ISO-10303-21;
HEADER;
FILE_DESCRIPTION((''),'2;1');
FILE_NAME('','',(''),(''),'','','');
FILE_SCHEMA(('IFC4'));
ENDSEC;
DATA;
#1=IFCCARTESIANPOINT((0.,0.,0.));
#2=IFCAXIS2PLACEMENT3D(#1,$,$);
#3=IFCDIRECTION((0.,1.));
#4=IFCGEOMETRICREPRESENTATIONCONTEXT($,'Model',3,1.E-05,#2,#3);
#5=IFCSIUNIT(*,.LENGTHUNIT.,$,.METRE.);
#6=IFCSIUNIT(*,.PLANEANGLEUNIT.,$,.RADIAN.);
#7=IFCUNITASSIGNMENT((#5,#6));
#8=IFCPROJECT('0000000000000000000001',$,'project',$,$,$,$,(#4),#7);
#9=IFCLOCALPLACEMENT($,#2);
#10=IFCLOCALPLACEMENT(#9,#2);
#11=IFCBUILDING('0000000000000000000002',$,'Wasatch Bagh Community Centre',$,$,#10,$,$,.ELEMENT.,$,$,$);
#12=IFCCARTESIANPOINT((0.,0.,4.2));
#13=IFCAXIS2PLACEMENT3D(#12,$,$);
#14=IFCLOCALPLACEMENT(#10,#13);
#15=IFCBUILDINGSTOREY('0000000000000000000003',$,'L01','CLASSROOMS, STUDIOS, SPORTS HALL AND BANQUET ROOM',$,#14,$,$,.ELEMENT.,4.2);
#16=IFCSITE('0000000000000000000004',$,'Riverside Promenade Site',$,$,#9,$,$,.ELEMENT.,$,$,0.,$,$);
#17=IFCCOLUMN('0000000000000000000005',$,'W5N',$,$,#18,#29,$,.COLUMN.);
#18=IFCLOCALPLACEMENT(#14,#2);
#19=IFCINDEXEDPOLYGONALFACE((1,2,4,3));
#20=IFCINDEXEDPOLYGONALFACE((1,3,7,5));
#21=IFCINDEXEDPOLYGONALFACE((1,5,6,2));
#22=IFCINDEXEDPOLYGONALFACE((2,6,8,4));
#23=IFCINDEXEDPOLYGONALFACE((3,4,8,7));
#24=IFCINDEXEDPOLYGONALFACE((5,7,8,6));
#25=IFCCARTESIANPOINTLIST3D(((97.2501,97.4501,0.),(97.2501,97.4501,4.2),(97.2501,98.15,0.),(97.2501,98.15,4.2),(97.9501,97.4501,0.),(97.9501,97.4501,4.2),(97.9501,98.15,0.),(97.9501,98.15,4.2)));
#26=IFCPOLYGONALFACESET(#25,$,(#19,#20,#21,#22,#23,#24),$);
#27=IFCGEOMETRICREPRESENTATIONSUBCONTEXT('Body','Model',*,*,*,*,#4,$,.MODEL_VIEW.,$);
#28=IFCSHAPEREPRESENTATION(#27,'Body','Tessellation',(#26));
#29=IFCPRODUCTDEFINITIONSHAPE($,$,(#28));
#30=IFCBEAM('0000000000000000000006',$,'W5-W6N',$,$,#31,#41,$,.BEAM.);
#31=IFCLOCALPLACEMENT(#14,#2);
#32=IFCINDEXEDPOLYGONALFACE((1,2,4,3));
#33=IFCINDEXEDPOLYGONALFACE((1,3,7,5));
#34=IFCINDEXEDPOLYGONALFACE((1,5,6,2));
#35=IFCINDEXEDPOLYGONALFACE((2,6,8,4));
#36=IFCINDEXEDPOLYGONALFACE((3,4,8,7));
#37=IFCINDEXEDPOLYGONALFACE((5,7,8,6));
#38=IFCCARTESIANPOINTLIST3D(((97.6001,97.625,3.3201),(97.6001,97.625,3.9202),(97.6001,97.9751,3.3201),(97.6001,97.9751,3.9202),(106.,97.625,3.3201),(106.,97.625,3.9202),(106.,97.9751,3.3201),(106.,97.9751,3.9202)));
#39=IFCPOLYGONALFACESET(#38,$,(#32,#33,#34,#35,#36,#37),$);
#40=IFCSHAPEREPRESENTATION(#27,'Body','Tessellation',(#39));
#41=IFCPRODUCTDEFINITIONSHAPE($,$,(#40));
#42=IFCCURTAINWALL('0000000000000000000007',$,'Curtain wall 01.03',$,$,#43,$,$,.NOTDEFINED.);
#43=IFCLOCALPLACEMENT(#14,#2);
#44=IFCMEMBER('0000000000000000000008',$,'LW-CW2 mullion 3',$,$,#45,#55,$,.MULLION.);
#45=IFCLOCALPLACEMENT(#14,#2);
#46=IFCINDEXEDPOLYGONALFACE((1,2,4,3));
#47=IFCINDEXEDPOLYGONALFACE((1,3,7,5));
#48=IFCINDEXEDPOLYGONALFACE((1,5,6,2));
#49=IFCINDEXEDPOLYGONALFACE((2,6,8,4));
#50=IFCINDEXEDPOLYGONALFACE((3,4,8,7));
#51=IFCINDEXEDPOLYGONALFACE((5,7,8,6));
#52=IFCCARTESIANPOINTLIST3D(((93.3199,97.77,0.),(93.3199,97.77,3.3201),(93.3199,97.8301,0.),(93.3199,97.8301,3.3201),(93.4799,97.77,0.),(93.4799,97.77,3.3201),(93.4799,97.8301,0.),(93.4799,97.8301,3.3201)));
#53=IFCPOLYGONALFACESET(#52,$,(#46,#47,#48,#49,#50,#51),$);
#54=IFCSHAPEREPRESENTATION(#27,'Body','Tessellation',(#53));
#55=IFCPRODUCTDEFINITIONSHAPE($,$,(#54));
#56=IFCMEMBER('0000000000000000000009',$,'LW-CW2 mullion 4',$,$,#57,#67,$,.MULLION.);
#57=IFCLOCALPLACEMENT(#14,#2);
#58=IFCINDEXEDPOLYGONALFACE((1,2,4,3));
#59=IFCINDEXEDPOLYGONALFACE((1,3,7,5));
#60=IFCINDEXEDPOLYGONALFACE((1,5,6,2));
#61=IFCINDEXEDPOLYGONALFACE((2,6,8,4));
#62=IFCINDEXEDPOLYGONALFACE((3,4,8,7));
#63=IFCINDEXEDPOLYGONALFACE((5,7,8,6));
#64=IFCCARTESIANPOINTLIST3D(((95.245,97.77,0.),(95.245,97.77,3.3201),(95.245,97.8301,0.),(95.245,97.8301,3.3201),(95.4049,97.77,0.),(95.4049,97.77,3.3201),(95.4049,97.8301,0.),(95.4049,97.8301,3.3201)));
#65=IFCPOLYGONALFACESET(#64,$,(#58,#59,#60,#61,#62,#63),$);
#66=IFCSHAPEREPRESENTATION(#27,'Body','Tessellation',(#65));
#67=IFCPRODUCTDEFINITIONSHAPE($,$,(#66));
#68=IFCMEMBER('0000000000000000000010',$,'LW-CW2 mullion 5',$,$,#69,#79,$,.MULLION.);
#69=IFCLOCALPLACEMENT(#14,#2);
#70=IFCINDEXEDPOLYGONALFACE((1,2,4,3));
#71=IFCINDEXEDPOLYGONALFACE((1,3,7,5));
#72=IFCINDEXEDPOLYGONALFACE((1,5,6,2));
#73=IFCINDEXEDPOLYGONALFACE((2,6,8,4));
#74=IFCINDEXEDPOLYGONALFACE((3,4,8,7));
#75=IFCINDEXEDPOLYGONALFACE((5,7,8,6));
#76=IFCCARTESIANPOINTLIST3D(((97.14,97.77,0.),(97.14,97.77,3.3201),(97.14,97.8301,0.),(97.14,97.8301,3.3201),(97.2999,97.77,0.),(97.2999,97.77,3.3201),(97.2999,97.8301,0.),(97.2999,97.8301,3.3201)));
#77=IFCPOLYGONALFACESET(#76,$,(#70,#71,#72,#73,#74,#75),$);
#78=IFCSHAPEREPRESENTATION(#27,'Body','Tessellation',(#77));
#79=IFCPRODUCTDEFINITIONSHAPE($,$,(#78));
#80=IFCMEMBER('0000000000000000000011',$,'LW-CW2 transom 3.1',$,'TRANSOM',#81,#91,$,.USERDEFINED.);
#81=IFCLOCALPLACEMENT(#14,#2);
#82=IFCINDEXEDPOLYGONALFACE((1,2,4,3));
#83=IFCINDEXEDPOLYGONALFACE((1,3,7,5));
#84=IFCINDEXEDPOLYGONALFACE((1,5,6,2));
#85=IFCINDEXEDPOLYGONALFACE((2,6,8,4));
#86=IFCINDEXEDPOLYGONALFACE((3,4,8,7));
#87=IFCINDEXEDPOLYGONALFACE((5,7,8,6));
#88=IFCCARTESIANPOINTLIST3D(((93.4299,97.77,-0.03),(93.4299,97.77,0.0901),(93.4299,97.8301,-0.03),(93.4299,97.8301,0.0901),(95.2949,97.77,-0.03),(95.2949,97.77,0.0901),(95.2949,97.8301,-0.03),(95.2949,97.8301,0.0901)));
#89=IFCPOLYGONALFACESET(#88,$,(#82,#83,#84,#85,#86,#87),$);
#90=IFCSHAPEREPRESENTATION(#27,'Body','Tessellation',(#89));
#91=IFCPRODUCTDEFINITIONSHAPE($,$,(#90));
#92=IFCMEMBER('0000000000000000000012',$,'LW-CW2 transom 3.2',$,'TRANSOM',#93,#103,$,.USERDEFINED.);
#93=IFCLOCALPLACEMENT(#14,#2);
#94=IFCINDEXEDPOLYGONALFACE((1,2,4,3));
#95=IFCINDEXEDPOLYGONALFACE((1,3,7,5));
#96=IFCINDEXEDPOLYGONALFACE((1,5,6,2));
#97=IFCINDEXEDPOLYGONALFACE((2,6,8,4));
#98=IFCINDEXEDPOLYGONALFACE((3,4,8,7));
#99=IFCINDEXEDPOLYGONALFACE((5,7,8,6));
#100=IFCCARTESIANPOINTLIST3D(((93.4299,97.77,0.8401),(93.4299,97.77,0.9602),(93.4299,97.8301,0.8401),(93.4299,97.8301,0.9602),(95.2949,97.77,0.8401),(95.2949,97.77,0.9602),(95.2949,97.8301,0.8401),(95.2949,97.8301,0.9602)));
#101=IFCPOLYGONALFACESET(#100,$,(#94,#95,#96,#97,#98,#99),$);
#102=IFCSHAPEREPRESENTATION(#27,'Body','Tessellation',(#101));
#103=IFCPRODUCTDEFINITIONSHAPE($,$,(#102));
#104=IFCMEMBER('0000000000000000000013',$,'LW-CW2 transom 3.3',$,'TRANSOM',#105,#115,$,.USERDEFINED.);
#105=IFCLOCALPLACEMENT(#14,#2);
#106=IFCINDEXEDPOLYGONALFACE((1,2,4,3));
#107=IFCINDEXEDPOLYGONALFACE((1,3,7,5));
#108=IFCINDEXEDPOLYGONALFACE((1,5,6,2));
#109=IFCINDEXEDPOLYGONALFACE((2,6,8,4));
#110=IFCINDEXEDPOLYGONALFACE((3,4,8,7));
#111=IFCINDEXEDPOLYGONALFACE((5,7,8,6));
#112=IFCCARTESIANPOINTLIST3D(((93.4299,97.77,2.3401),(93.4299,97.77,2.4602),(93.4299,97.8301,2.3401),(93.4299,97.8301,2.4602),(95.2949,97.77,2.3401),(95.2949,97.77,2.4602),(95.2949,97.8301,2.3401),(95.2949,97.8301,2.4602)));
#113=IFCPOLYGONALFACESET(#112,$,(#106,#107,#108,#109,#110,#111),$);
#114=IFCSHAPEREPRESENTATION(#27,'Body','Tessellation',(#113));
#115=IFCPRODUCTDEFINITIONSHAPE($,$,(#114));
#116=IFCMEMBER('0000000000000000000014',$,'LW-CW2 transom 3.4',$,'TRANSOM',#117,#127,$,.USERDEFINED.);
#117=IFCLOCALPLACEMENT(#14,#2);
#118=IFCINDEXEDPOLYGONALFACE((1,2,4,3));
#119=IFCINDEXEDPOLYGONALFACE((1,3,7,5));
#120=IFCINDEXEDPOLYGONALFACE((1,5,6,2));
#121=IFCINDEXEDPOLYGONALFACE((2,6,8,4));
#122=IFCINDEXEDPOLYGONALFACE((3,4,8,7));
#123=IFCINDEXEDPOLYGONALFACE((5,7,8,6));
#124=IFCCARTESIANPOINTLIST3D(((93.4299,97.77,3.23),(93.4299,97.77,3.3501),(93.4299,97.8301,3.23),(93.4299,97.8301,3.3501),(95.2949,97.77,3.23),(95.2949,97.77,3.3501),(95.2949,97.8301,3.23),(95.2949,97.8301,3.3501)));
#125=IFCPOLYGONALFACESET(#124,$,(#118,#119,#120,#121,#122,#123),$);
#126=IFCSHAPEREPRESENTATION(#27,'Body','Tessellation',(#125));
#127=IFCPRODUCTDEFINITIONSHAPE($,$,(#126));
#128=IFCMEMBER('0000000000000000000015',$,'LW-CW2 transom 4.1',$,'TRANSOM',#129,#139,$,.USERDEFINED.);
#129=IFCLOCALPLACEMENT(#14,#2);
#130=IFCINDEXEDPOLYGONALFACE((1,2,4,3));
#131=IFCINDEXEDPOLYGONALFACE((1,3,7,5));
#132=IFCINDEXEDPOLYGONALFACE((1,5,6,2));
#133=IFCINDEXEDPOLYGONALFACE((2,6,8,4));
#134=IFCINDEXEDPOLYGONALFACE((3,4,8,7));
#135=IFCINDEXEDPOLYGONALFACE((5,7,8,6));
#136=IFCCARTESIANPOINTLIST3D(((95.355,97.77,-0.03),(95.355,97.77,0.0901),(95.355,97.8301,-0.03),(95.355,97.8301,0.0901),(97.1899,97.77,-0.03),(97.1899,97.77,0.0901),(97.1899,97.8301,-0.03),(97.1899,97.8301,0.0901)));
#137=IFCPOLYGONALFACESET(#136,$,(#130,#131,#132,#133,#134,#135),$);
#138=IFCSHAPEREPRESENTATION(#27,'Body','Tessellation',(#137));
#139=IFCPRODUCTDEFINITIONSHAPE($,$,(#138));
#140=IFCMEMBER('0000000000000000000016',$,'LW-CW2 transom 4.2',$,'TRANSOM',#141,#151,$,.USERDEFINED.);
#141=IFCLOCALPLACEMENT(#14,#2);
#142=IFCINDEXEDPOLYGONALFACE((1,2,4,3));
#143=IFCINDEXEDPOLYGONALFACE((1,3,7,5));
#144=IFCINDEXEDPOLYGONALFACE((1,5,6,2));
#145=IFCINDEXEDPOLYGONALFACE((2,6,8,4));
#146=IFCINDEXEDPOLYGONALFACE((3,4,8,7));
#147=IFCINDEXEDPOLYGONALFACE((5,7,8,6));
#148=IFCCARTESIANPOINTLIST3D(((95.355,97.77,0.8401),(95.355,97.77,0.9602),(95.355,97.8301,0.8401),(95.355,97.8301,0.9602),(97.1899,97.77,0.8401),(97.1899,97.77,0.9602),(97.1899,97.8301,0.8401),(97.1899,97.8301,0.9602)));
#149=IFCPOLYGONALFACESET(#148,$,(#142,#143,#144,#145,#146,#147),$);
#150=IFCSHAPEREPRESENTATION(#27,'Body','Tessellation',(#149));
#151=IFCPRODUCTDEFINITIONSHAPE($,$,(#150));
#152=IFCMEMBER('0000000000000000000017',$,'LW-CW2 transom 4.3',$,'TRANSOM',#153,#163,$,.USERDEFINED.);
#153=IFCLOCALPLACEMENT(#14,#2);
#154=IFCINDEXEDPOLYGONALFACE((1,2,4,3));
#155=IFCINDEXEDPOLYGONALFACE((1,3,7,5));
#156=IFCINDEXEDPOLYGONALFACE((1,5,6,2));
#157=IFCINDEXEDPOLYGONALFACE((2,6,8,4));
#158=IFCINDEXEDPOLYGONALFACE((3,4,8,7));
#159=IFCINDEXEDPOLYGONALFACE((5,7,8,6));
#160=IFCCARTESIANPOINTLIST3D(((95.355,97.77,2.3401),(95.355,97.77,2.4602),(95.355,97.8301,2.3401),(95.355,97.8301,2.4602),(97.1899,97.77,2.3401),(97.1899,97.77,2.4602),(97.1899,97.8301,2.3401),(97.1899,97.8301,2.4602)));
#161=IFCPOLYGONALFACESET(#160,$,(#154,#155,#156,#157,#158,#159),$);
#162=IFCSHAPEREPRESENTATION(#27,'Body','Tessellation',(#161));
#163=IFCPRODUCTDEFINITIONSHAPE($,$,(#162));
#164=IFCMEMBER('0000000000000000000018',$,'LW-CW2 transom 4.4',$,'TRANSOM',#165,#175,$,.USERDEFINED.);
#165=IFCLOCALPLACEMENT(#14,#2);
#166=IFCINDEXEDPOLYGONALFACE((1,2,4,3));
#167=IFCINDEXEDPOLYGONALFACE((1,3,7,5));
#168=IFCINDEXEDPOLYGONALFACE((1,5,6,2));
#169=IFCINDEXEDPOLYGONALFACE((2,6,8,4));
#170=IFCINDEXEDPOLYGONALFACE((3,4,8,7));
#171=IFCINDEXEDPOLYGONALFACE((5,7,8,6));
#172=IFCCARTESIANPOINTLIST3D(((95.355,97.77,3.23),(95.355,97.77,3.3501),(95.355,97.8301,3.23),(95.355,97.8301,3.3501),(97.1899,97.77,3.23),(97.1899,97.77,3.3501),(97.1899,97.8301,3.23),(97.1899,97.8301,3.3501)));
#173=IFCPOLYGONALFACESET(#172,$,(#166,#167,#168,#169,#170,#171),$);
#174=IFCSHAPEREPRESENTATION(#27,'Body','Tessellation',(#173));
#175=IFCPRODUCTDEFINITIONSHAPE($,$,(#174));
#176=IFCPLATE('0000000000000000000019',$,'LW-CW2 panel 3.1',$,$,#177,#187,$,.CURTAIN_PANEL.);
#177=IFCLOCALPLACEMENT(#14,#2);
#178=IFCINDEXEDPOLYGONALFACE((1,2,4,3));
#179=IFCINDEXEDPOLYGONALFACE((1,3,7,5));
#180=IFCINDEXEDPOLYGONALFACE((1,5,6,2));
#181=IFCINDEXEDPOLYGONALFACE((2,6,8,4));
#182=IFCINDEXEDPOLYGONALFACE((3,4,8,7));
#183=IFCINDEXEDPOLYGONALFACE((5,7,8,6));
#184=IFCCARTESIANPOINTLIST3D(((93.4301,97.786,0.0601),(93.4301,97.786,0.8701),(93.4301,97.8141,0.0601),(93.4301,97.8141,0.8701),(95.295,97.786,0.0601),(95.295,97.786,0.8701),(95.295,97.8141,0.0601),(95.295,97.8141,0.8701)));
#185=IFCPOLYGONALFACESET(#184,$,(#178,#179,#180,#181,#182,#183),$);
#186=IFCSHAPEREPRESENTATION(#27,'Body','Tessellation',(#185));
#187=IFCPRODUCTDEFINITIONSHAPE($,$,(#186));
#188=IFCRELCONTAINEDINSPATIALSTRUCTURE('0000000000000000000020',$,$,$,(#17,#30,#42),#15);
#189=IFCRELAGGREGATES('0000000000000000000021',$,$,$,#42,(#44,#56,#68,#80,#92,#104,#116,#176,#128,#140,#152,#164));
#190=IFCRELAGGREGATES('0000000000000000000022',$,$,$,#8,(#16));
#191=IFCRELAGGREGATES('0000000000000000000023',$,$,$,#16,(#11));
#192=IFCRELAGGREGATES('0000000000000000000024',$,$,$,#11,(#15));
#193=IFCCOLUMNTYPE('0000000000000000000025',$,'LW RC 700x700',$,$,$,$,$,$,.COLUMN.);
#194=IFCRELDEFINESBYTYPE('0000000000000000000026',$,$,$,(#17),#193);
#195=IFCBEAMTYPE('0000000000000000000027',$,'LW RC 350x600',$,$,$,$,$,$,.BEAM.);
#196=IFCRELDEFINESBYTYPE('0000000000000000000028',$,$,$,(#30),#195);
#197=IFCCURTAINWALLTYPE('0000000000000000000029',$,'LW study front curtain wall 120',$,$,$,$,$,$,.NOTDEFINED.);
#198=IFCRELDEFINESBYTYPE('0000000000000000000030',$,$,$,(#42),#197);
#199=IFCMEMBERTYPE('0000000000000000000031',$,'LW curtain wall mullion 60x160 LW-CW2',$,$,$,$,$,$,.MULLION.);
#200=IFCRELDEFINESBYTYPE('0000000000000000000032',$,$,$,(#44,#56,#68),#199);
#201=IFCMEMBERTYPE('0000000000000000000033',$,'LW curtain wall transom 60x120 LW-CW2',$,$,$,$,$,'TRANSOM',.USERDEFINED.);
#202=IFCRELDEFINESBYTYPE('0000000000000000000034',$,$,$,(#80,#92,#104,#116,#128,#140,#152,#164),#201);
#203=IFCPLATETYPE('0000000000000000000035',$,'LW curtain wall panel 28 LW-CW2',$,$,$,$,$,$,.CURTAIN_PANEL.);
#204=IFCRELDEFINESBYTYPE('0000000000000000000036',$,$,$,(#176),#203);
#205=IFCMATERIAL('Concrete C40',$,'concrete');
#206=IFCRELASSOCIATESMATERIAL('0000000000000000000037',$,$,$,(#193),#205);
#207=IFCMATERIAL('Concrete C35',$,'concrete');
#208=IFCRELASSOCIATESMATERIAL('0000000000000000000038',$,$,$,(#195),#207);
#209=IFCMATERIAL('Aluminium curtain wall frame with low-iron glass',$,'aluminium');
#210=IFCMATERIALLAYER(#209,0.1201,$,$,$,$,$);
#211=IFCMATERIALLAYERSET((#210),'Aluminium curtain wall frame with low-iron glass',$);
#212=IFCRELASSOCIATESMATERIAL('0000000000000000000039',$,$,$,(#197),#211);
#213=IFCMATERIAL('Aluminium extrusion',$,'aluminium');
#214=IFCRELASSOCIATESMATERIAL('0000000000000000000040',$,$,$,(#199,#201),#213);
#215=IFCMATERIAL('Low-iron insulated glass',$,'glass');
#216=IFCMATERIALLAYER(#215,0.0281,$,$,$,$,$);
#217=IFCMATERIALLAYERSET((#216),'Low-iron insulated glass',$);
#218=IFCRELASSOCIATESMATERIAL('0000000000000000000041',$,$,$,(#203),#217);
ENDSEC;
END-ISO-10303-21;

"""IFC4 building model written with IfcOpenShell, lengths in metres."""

from ifc_helpers import new_model, si_unit, direction, frame, origin, origin_2d, place, context, subcontext, project, spatial, rectangle, extrude, material, layer, layer_set, material_profile, profile_set, type_object, element, aggregate, save


model = new_model("IFC4")

# Units and contexts
model_context = context("Model", 3, precision=1e-05, world=origin(), true_north=direction((0.0, 1.0)))
body_context = subcontext(model_context, "Body", "Model", "MODEL_VIEW")
ifc_project = project(units=[si_unit("LENGTHUNIT", "METRE"), si_unit("PLANEANGLEUNIT", "RADIAN")], contexts=[model_context])

# Site, building, storey
site_placement = place(None, origin())
site = spatial("IfcSite", under=ifc_project, at=site_placement, Name="Riverside Promenade Site", CompositionType="ELEMENT", RefElevation=0.0)
building_placement = place(site_placement, origin())
building = spatial("IfcBuilding", under=site, at=building_placement, Name="Wasatch Bagh Community Centre", CompositionType="ELEMENT")
storey_placement = place(building_placement, frame((0.0, 0.0, 4.2)))
storey = spatial("IfcBuildingStorey", under=building, at=storey_placement, Name="L01", Description="CLASSROOMS, STUDIOS, SPORTS HALL AND BANQUET ROOM", CompositionType="ELEMENT", Elevation=4.2)

# Column
ifc_material_1 = material(Name="Concrete C40", Category="concrete")
ifc_material_profile_1 = material_profile(ifc_material_1, rectangle(XDim=0.7, YDim=0.7, at=origin_2d()), Name="RC 700x700")
ifc_profile_set_1 = profile_set([ifc_material_profile_1], Name="Concrete C40")
column_type = type_object("IfcColumnType", Name="LW RC 700x700", PredefinedType="COLUMN", material=ifc_profile_set_1)
column_placement = place(storey_placement, frame((97.6001, 97.8, 0.0), z_axis=(0.0, 0.0, 1.0), x_axis=(1.0, 0.0, 0.0)))
element("IfcColumn", 1, at=column_placement, inside=storey, type_object=column_type, Name="W5N", PredefinedType="COLUMN", context=body_context, shape_type="SweptSolid", body=[
    extrude(rectangle(XDim=0.7, YDim=0.7, at=origin_2d()), origin(), (0.0, 0.0, 1.0), 4.2),
])

# Beam
ifc_material_2 = material(Name="Concrete C35", Category="concrete")
ifc_material_profile_2 = material_profile(ifc_material_2, rectangle(XDim=0.3501, YDim=0.6001, at=origin_2d()), Name="RC 350x600")
ifc_profile_set_2 = profile_set([ifc_material_profile_2], Name="Concrete C35")
beam_type = type_object("IfcBeamType", Name="LW RC 350x600", PredefinedType="BEAM", material=ifc_profile_set_2)
beam_placement = place(storey_placement, frame((97.6001, 97.8, 3.6201), z_axis=(1.0, 0.0, 0.0), x_axis=(0.0, 1.0, 0.0)))
element("IfcBeam", 2, at=beam_placement, inside=storey, type_object=beam_type, Name="W5-W6N", PredefinedType="BEAM", context=body_context, shape_type="SweptSolid", body=[
    extrude(rectangle(XDim=0.3501, YDim=0.6001, at=origin_2d()), origin(), (0.0, 0.0, 1.0), 8.3999),
])

# Curtain wall, members, plate
ifc_material_3 = material(Name="Aluminium curtain wall frame with low-iron glass", Category="aluminium")
ifc_layer_1 = layer(ifc_material_3, 0.1201)
ifc_layer_set_1 = layer_set([ifc_layer_1], Name="Aluminium curtain wall frame with low-iron glass")
curtain_wall_type = type_object("IfcCurtainWallType", Name="LW study front curtain wall 120", PredefinedType="NOTDEFINED", material=ifc_layer_set_1)
curtain_wall_placement = place(storey_placement, origin())
curtain_wall = element("IfcCurtainWall", 3, at=curtain_wall_placement, inside=storey, type_object=curtain_wall_type, Name="Curtain wall 01.03", PredefinedType="NOTDEFINED")
ifc_material_4 = material(Name="Aluminium extrusion", Category="aluminium")
ifc_material_profile_3 = material_profile(ifc_material_4, rectangle(XDim=0.0601, YDim=0.1599, at=origin_2d()), Name="AL 60x160")
ifc_profile_set_3 = profile_set([ifc_material_profile_3], Name="Aluminium extrusion")
member_type_1 = type_object("IfcMemberType", Name="LW curtain wall mullion 60x160 LW-CW2", PredefinedType="MULLION", material=ifc_profile_set_3)
member_1_placement = place(storey_placement, frame((93.3999, 97.8, 0.0), z_axis=(0.0, 0.0, 1.0), x_axis=(0.0, 1.0, 0.0)))
member_1 = element("IfcMember", 4, at=member_1_placement, type_object=member_type_1, Name="LW-CW2 mullion 3", PredefinedType="MULLION", context=body_context, shape_type="SweptSolid", body=[
    extrude(rectangle(XDim=0.0601, YDim=0.1599, at=origin_2d()), origin(), (0.0, 0.0, 1.0), 3.3201),
])
member_2_placement = place(storey_placement, frame((95.325, 97.8, 0.0), z_axis=(0.0, 0.0, 1.0), x_axis=(0.0, 1.0, 0.0)))
member_2 = element("IfcMember", 5, at=member_2_placement, type_object=member_type_1, Name="LW-CW2 mullion 4", PredefinedType="MULLION", context=body_context, shape_type="SweptSolid", body=[
    extrude(rectangle(XDim=0.0601, YDim=0.1599, at=origin_2d()), origin(), (0.0, 0.0, 1.0), 3.3201),
])
member_3_placement = place(storey_placement, frame((97.22, 97.8, 0.0), z_axis=(0.0, 0.0, 1.0), x_axis=(0.0, 1.0, 0.0)))
member_3 = element("IfcMember", 6, at=member_3_placement, type_object=member_type_1, Name="LW-CW2 mullion 5", PredefinedType="MULLION", context=body_context, shape_type="SweptSolid", body=[
    extrude(rectangle(XDim=0.0601, YDim=0.1599, at=origin_2d()), origin(), (0.0, 0.0, 1.0), 3.3201),
])
ifc_material_profile_4 = material_profile(ifc_material_4, rectangle(XDim=0.0601, YDim=0.1201, at=origin_2d()), Name="AL 60x120")
ifc_profile_set_4 = profile_set([ifc_material_profile_4], Name="Aluminium extrusion")
member_type_2 = type_object("IfcMemberType", Name="LW curtain wall transom 60x120 LW-CW2", ElementType="TRANSOM", PredefinedType="USERDEFINED", material=ifc_profile_set_4)
member_4_placement = place(storey_placement, frame((93.4299, 97.8, 0.03), z_axis=(1.0, 0.0, 0.0), x_axis=(0.0, 1.0, 0.0)))
member_4 = element("IfcMember", 7, at=member_4_placement, type_object=member_type_2, Name="LW-CW2 transom 3.1", ObjectType="TRANSOM", PredefinedType="USERDEFINED", context=body_context, shape_type="SweptSolid", body=[
    extrude(rectangle(XDim=0.0601, YDim=0.1201, at=origin_2d()), origin(), (0.0, 0.0, 1.0), 1.865),
])
member_5_placement = place(storey_placement, frame((93.4299, 97.8, 0.9001), z_axis=(1.0, 0.0, 0.0), x_axis=(0.0, 1.0, 0.0)))
member_5 = element("IfcMember", 8, at=member_5_placement, type_object=member_type_2, Name="LW-CW2 transom 3.2", ObjectType="TRANSOM", PredefinedType="USERDEFINED", context=body_context, shape_type="SweptSolid", body=[
    extrude(rectangle(XDim=0.0601, YDim=0.1201, at=origin_2d()), origin(), (0.0, 0.0, 1.0), 1.865),
])
member_6_placement = place(storey_placement, frame((93.4299, 97.8, 2.4001), z_axis=(1.0, 0.0, 0.0), x_axis=(0.0, 1.0, 0.0)))
member_6 = element("IfcMember", 9, at=member_6_placement, type_object=member_type_2, Name="LW-CW2 transom 3.3", ObjectType="TRANSOM", PredefinedType="USERDEFINED", context=body_context, shape_type="SweptSolid", body=[
    extrude(rectangle(XDim=0.0601, YDim=0.1201, at=origin_2d()), origin(), (0.0, 0.0, 1.0), 1.865),
])
member_7_placement = place(storey_placement, frame((93.4299, 97.8, 3.29), z_axis=(1.0, 0.0, 0.0), x_axis=(0.0, 1.0, 0.0)))
member_7 = element("IfcMember", 10, at=member_7_placement, type_object=member_type_2, Name="LW-CW2 transom 3.4", ObjectType="TRANSOM", PredefinedType="USERDEFINED", context=body_context, shape_type="SweptSolid", body=[
    extrude(rectangle(XDim=0.0601, YDim=0.1201, at=origin_2d()), origin(), (0.0, 0.0, 1.0), 1.865),
])
member_8_placement = place(storey_placement, frame((95.355, 97.8, 0.03), z_axis=(1.0, 0.0, 0.0), x_axis=(0.0, 1.0, 0.0)))
member_8 = element("IfcMember", 11, at=member_8_placement, type_object=member_type_2, Name="LW-CW2 transom 4.1", ObjectType="TRANSOM", PredefinedType="USERDEFINED", context=body_context, shape_type="SweptSolid", body=[
    extrude(rectangle(XDim=0.0601, YDim=0.1201, at=origin_2d()), origin(), (0.0, 0.0, 1.0), 1.835),
])
member_9_placement = place(storey_placement, frame((95.355, 97.8, 0.9001), z_axis=(1.0, 0.0, 0.0), x_axis=(0.0, 1.0, 0.0)))
member_9 = element("IfcMember", 12, at=member_9_placement, type_object=member_type_2, Name="LW-CW2 transom 4.2", ObjectType="TRANSOM", PredefinedType="USERDEFINED", context=body_context, shape_type="SweptSolid", body=[
    extrude(rectangle(XDim=0.0601, YDim=0.1201, at=origin_2d()), origin(), (0.0, 0.0, 1.0), 1.835),
])
member_10_placement = place(storey_placement, frame((95.355, 97.8, 2.4001), z_axis=(1.0, 0.0, 0.0), x_axis=(0.0, 1.0, 0.0)))
member_10 = element("IfcMember", 13, at=member_10_placement, type_object=member_type_2, Name="LW-CW2 transom 4.3", ObjectType="TRANSOM", PredefinedType="USERDEFINED", context=body_context, shape_type="SweptSolid", body=[
    extrude(rectangle(XDim=0.0601, YDim=0.1201, at=origin_2d()), origin(), (0.0, 0.0, 1.0), 1.835),
])
member_11_placement = place(storey_placement, frame((95.355, 97.8, 3.29), z_axis=(1.0, 0.0, 0.0), x_axis=(0.0, 1.0, 0.0)))
member_11 = element("IfcMember", 14, at=member_11_placement, type_object=member_type_2, Name="LW-CW2 transom 4.4", ObjectType="TRANSOM", PredefinedType="USERDEFINED", context=body_context, shape_type="SweptSolid", body=[
    extrude(rectangle(XDim=0.0601, YDim=0.1201, at=origin_2d()), origin(), (0.0, 0.0, 1.0), 1.835),
])
ifc_material_5 = material(Name="Low-iron insulated glass", Category="glass")
ifc_layer_2 = layer(ifc_material_5, 0.0281)
ifc_layer_set_2 = layer_set([ifc_layer_2], Name="Low-iron insulated glass")
plate_type_1 = type_object("IfcPlateType", Name="LW curtain wall panel 28 LW-CW2", PredefinedType="CURTAIN_PANEL", material=ifc_layer_set_2)
plate_1_placement = place(storey_placement, frame((94.3625, 97.8, 0.0601), z_axis=(0.0, 0.0, 1.0), x_axis=(1.0, 0.0, 0.0)))
plate_1 = element("IfcPlate", 15, at=plate_1_placement, type_object=plate_type_1, Name="LW-CW2 panel 3.1", PredefinedType="CURTAIN_PANEL", context=body_context, shape_type="SweptSolid", body=[
    extrude(rectangle(XDim=1.865, YDim=0.0281, at=origin_2d()), origin(), (0.0, 0.0, 1.0), 0.8101),
])
aggregate(curtain_wall, [member_1, member_2, member_3, member_4, member_5, member_6, member_7, plate_1, member_8, member_9, member_10, member_11])

save(model, "model.ifc")
